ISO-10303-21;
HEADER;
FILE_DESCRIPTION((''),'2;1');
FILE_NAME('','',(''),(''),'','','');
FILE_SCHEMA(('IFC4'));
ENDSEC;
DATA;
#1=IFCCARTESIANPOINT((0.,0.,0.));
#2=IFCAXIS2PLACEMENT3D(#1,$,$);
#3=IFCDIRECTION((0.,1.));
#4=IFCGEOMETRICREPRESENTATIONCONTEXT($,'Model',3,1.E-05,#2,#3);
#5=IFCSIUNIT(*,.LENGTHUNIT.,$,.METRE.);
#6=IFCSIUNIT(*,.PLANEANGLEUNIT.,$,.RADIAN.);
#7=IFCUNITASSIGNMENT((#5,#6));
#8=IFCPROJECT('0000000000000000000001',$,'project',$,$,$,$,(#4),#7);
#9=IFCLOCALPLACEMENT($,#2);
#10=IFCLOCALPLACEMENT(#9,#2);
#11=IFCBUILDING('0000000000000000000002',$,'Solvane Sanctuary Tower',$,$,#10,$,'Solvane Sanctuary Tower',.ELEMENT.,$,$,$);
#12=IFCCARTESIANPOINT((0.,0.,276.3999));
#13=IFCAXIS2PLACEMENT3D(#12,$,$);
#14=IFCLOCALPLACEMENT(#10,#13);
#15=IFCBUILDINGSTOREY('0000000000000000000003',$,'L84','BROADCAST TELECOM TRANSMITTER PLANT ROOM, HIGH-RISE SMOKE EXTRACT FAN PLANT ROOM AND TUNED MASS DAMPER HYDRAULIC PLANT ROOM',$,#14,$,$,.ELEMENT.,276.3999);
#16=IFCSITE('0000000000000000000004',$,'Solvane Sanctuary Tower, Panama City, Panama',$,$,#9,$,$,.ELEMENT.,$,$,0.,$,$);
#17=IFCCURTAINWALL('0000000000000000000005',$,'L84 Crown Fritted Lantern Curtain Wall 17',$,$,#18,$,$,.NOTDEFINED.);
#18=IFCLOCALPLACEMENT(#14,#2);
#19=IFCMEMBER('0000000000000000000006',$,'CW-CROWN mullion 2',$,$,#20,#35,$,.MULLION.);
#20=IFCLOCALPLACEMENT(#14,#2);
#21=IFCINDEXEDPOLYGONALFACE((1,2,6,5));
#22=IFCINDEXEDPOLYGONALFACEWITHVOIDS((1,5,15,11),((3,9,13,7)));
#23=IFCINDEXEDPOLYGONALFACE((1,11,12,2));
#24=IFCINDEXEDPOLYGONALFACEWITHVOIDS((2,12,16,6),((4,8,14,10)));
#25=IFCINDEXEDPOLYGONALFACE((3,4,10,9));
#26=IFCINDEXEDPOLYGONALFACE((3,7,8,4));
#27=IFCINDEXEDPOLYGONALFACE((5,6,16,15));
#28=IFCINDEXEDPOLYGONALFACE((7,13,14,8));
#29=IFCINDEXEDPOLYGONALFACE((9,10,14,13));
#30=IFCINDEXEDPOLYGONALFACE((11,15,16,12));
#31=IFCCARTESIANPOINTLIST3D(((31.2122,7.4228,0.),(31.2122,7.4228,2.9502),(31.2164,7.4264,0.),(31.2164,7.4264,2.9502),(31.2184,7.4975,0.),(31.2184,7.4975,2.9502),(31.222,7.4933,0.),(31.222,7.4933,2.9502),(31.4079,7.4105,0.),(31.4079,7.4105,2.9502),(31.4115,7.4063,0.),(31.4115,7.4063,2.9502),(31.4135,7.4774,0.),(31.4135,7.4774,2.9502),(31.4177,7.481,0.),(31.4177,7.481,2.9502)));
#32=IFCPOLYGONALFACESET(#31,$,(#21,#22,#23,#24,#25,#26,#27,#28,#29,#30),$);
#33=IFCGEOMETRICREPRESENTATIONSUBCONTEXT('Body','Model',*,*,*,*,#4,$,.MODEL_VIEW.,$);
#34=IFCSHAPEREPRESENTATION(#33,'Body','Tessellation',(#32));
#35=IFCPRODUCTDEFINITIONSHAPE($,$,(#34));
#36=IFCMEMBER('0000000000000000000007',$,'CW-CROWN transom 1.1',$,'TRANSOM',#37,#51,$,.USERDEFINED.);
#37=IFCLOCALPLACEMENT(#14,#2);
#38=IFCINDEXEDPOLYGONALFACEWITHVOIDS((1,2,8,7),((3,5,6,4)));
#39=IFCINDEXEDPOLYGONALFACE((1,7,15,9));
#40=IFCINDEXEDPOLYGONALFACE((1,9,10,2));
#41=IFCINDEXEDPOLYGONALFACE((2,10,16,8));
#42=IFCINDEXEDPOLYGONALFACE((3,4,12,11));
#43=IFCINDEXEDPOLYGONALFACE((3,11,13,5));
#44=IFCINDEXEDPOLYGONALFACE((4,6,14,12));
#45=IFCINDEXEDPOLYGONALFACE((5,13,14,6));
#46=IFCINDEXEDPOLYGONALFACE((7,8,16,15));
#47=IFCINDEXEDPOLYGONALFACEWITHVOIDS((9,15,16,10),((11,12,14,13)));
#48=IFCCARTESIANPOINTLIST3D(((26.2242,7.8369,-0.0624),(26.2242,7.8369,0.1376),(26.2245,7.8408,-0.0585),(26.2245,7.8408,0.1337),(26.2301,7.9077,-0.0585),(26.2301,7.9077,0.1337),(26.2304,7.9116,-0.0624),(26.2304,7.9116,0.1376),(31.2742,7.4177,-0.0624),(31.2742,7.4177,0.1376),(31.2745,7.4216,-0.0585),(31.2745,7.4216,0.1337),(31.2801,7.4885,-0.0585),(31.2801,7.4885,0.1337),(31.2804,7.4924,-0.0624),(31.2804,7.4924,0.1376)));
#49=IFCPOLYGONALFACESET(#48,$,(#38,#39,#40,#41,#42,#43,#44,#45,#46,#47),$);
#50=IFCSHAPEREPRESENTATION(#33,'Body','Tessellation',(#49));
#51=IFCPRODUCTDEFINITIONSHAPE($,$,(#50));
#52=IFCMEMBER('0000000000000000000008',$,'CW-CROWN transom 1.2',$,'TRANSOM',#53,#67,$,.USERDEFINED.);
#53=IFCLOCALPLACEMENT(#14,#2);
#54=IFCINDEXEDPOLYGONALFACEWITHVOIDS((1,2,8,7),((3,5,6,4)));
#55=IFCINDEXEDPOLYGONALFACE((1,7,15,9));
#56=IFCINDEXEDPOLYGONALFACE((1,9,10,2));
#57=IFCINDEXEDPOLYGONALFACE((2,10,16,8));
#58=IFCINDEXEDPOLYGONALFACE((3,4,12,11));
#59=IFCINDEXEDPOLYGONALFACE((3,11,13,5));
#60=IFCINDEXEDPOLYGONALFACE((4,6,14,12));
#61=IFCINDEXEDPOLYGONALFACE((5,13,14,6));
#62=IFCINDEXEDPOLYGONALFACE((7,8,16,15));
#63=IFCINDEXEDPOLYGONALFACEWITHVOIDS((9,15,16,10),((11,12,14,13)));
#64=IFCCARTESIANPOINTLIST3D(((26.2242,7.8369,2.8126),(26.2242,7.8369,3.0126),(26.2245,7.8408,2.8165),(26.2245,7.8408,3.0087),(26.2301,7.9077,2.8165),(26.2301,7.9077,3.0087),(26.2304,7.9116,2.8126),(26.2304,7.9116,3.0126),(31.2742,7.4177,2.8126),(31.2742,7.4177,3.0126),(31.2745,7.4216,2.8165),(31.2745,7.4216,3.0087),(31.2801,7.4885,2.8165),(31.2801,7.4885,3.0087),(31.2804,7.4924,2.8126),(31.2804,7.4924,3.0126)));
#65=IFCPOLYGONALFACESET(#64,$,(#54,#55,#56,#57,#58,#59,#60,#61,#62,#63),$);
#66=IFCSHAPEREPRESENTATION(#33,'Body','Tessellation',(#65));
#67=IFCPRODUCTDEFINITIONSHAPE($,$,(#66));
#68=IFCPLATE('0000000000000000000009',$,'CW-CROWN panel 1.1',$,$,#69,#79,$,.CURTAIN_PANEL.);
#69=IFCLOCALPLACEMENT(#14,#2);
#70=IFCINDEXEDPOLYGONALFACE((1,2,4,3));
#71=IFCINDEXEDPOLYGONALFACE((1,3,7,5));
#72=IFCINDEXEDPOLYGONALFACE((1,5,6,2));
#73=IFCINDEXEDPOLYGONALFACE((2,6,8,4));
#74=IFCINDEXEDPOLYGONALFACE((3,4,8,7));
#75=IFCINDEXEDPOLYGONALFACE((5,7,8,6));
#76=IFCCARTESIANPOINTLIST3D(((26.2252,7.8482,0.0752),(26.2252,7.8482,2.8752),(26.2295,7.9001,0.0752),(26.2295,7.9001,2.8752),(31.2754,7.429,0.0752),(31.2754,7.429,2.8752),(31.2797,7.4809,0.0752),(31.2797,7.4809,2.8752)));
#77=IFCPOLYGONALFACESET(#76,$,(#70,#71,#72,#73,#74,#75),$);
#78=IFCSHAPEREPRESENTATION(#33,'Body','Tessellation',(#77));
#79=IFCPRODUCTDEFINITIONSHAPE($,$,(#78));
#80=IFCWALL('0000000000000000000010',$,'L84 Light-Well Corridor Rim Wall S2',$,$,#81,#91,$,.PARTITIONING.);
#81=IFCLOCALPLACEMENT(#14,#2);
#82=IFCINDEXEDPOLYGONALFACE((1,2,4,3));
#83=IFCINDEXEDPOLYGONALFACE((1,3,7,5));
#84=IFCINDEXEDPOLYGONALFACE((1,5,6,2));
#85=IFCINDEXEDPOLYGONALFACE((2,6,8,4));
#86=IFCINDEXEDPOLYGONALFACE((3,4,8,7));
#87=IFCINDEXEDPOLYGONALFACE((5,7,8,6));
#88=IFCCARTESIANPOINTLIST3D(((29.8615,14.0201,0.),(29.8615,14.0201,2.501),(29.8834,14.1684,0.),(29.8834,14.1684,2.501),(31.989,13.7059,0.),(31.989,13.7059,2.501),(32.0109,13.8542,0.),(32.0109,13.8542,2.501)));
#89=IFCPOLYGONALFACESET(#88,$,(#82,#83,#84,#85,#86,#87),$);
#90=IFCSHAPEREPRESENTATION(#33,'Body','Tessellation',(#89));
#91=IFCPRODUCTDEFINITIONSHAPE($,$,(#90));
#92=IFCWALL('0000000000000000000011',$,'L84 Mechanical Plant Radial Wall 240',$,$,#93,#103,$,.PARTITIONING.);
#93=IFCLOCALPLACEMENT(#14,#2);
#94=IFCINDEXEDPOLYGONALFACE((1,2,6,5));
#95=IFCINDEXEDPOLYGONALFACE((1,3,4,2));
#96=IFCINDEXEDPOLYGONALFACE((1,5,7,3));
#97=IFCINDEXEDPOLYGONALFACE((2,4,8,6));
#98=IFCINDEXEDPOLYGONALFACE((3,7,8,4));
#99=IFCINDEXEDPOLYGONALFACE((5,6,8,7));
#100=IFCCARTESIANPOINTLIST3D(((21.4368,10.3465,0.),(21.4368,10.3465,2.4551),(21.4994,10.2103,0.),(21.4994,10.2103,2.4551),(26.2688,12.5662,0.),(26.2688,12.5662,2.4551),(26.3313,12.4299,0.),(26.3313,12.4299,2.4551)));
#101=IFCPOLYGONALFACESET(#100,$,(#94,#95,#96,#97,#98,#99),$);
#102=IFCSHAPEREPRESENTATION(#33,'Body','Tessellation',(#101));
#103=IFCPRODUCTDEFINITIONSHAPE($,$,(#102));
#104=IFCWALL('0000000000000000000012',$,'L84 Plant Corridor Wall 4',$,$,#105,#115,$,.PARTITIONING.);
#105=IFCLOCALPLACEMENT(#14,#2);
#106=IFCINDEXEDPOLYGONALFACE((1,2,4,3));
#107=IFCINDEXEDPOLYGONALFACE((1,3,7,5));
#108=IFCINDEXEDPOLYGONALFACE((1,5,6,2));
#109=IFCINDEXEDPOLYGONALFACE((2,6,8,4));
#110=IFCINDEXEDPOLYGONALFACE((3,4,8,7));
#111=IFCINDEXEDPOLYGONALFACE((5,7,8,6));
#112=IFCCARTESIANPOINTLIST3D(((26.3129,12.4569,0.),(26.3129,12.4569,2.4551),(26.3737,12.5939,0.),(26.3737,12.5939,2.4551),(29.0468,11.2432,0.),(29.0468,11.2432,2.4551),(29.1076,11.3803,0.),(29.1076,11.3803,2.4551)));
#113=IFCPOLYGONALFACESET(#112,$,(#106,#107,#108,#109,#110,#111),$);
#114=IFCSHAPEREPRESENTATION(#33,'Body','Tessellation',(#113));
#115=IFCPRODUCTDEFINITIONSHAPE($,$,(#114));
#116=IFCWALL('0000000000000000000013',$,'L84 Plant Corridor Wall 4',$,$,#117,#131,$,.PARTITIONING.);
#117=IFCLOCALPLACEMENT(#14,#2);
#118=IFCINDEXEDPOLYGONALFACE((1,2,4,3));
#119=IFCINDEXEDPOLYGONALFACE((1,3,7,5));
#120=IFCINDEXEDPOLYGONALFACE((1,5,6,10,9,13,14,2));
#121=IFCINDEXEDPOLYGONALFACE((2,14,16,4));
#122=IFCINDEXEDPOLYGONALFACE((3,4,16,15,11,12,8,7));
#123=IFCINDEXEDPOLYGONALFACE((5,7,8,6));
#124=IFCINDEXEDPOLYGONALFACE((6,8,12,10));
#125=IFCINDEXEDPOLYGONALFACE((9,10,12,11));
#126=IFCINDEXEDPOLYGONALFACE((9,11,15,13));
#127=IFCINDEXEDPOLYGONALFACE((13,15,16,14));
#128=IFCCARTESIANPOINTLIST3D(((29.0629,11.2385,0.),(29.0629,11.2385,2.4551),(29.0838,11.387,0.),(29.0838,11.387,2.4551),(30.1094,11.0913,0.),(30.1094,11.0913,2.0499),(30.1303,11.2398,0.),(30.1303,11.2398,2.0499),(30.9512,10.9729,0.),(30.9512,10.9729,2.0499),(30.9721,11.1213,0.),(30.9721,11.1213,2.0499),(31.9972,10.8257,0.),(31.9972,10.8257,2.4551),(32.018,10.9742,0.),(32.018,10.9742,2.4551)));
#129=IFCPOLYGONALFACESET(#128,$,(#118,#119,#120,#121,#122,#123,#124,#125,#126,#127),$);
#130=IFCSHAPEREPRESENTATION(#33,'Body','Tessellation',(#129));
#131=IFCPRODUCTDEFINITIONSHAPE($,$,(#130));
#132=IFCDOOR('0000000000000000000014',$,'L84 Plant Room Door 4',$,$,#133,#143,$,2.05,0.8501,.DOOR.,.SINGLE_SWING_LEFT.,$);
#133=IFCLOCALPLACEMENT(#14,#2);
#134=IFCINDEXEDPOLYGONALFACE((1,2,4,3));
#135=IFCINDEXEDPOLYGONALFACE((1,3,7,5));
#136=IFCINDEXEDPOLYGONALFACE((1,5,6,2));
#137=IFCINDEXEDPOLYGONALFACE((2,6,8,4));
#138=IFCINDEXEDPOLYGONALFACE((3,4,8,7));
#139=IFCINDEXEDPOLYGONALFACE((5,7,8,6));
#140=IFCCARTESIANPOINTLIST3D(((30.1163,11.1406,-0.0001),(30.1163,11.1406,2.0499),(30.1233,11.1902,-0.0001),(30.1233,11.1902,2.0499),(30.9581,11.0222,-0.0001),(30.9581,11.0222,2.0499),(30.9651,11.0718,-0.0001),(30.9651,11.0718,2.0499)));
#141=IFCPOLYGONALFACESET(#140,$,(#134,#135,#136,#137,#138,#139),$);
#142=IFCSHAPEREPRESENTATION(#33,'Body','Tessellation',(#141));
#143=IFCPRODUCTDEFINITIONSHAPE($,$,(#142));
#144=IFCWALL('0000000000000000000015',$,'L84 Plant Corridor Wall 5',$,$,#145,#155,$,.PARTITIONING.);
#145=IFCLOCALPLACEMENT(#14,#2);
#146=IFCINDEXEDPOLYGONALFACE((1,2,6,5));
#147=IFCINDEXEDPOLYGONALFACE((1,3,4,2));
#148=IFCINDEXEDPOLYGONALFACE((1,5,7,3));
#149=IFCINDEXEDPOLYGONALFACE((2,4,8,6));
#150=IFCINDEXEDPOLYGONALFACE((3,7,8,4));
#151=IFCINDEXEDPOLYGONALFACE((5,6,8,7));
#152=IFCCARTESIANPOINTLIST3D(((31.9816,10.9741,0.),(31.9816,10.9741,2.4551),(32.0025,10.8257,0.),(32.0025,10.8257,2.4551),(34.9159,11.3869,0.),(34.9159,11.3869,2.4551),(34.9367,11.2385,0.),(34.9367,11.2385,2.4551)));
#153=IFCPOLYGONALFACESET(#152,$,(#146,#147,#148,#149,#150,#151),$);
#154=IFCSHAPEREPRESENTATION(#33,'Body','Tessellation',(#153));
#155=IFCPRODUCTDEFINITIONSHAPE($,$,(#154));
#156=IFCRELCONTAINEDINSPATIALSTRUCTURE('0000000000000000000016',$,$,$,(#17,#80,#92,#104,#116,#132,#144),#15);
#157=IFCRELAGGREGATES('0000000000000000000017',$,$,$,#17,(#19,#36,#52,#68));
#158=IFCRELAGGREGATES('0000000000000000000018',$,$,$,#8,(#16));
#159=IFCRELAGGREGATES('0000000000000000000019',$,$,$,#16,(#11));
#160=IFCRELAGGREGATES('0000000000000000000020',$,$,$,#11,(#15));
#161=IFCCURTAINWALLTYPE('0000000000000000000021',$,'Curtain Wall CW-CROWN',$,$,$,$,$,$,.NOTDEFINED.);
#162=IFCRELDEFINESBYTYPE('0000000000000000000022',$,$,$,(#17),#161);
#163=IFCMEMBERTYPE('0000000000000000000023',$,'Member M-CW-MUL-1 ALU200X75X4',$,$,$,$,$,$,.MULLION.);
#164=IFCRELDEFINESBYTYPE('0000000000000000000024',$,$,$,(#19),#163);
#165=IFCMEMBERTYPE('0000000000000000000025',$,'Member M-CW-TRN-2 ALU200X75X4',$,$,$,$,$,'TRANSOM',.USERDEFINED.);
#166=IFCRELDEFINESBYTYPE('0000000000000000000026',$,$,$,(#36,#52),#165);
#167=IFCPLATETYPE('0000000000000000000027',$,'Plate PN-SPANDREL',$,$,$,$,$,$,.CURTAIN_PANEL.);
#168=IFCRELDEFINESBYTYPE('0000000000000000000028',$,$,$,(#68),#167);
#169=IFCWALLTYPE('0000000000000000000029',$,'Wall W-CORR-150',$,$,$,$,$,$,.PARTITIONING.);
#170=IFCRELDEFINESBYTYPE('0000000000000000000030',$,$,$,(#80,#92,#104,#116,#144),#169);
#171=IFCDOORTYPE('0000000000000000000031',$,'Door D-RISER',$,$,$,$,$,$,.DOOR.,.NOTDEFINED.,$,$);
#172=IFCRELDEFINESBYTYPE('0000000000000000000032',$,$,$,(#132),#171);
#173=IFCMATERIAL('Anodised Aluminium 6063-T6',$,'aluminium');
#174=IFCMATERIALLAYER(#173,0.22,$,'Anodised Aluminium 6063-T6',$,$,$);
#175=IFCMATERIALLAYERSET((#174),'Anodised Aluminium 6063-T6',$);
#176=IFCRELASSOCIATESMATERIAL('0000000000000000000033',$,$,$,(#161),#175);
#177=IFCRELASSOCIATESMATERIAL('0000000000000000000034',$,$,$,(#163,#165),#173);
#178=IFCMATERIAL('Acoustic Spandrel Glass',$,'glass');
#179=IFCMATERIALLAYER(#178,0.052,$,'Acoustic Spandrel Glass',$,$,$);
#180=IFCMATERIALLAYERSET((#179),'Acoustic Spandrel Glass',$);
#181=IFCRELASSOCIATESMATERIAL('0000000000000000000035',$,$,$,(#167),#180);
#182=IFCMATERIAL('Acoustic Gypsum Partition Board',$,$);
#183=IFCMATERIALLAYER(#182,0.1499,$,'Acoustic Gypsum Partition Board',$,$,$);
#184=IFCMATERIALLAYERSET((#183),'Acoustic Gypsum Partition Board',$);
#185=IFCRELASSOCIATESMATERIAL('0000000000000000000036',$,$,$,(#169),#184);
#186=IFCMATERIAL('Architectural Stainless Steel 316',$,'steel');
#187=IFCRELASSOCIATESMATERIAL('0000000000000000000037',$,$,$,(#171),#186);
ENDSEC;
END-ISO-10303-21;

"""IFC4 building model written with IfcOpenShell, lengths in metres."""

from ifc_helpers import new_model, si_unit, direction, frame, frame_2d, origin, origin_2d, place, context, subcontext, project, spatial, rectangle, hollow_rectangle, extrude, material, layer, layer_set, material_profile, profile_set, type_object, element, fill, aggregate, save


model = new_model("IFC4")

# Units and contexts
model_context = context("Model", 3, precision=1e-05, world=origin(), true_north=direction((0.0, 1.0)))
body_context = subcontext(model_context, "Body", "Model", "MODEL_VIEW")
ifc_project = project(units=[si_unit("LENGTHUNIT", "METRE"), si_unit("PLANEANGLEUNIT", "RADIAN")], contexts=[model_context])

# Site, building, storey
site_placement = place(None, origin())
site = spatial("IfcSite", under=ifc_project, at=site_placement, Name="Solvane Sanctuary Tower, Panama City, Panama", CompositionType="ELEMENT", RefElevation=0.0)
building_placement = place(site_placement, origin())
building = spatial("IfcBuilding", under=site, at=building_placement, Name="Solvane Sanctuary Tower", LongName="Solvane Sanctuary Tower", CompositionType="ELEMENT")
storey_placement = place(building_placement, frame((0.0, 0.0, 276.3999)))
storey = spatial("IfcBuildingStorey", under=building, at=storey_placement, Name="L84", Description="BROADCAST TELECOM TRANSMITTER PLANT ROOM, HIGH-RISE SMOKE EXTRACT FAN PLANT ROOM AND TUNED MASS DAMPER HYDRAULIC PLANT ROOM", CompositionType="ELEMENT", Elevation=276.3999)

# Shared definitions
ifc_material_1 = material(Name="Anodised Aluminium 6063-T6", Category="aluminium")
ifc_layer_1 = layer(ifc_material_1, 0.22, Name="Anodised Aluminium 6063-T6")
ifc_layer_set_1 = layer_set([ifc_layer_1], Name="Anodised Aluminium 6063-T6")
curtain_wall_type = type_object("IfcCurtainWallType", Name="Curtain Wall CW-CROWN", PredefinedType="NOTDEFINED", material=ifc_layer_set_1)
ifc_material_profile_1 = material_profile(ifc_material_1, hollow_rectangle(XDim=0.075, YDim=0.2, WallThickness=0.0039, at=origin_2d()), Name="ALU200X75X4")
ifc_profile_set_1 = profile_set([ifc_material_profile_1], Name="Anodised Aluminium 6063-T6")
member_type_1 = type_object("IfcMemberType", Name="Member M-CW-MUL-1 ALU200X75X4", PredefinedType="MULLION", material=ifc_profile_set_1)

# Curtain wall, members, plate
curtain_wall_1_placement = place(storey_placement, origin())
curtain_wall_1 = element("IfcCurtainWall", 1, at=curtain_wall_1_placement, inside=storey, type_object=curtain_wall_type, Name="L84 Crown Fritted Lantern Curtain Wall 17", PredefinedType="NOTDEFINED")
member_1_placement = place(storey_placement, frame((31.3149, 7.4519, 0.0), z_axis=(0.0, 0.0, 1.0), x_axis=(0.08272, 0.996573, 0.0)))
member_1 = element("IfcMember", 2, at=member_1_placement, type_object=member_type_1, Name="CW-CROWN mullion 2", PredefinedType="MULLION", context=body_context, shape_type="SweptSolid", body=[
    extrude(hollow_rectangle(XDim=0.075, YDim=0.2, WallThickness=0.0039, at=origin_2d()), origin(), (0.0, 0.0, 1.0), 2.9502),
])
ifc_material_profile_2 = material_profile(ifc_material_1, hollow_rectangle(XDim=0.075, YDim=0.2, WallThickness=0.0039, at=origin_2d()), Name="ALU200X75X4")
ifc_profile_set_2 = profile_set([ifc_material_profile_2], Name="Anodised Aluminium 6063-T6")
member_type_2 = type_object("IfcMemberType", Name="Member M-CW-TRN-2 ALU200X75X4", ElementType="TRANSOM", PredefinedType="USERDEFINED", material=ifc_profile_set_2)
member_2_placement = place(storey_placement, frame((26.2273, 7.8743, 0.0376), z_axis=(0.996573, -0.082723, 0.0), x_axis=(0.082723, 0.996573, 0.0)))
member_2 = element("IfcMember", 3, at=member_2_placement, type_object=member_type_2, Name="CW-CROWN transom 1.1", ObjectType="TRANSOM", PredefinedType="USERDEFINED", context=body_context, shape_type="SweptSolid", body=[
    extrude(hollow_rectangle(XDim=0.075, YDim=0.2, WallThickness=0.0039, at=origin_2d()), origin(), (0.0, 0.0, 1.0), 5.0674),
])
member_3_placement = place(storey_placement, frame((26.2273, 7.8743, 2.9126), z_axis=(0.996573, -0.082723, 0.0), x_axis=(0.082723, 0.996573, 0.0)))
member_3 = element("IfcMember", 4, at=member_3_placement, type_object=member_type_2, Name="CW-CROWN transom 1.2", ObjectType="TRANSOM", PredefinedType="USERDEFINED", context=body_context, shape_type="SweptSolid", body=[
    extrude(hollow_rectangle(XDim=0.075, YDim=0.2, WallThickness=0.0039, at=origin_2d()), origin(), (0.0, 0.0, 1.0), 5.0674),
])
ifc_material_2 = material(Name="Acoustic Spandrel Glass", Category="glass")
ifc_layer_2 = layer(ifc_material_2, 0.052, Name="Acoustic Spandrel Glass")
ifc_layer_set_2 = layer_set([ifc_layer_2], Name="Acoustic Spandrel Glass")
plate_type = type_object("IfcPlateType", Name="Plate PN-SPANDREL", PredefinedType="CURTAIN_PANEL", material=ifc_layer_set_2)
plate_placement = place(storey_placement, frame((28.7524, 7.6646, 0.0752), z_axis=(0.0, 0.0, 1.0), x_axis=(0.996573, -0.08272, 0.0)))
plate = element("IfcPlate", 5, at=plate_placement, type_object=plate_type, Name="CW-CROWN panel 1.1", PredefinedType="CURTAIN_PANEL", context=body_context, shape_type="SweptSolid", body=[
    extrude(rectangle(XDim=5.0676, YDim=0.052, at=origin_2d()), origin(), (0.0, 0.0, 1.0), 2.8),
])
aggregate(curtain_wall_1, [member_1, member_2, member_3, plate])

# Walls
ifc_material_3 = material(Name="Acoustic Gypsum Partition Board")
ifc_layer_3 = layer(ifc_material_3, 0.1499, Name="Acoustic Gypsum Partition Board")
ifc_layer_set_3 = layer_set([ifc_layer_3], Name="Acoustic Gypsum Partition Board")
wall_type = type_object("IfcWallType", Name="Wall W-CORR-150", PredefinedType="PARTITIONING", material=ifc_layer_set_3)
wall_1_placement = place(storey_placement, frame((29.8726, 14.0942, 0.0), z_axis=(0.0, 0.0, 1.0), x_axis=(0.989269, -0.146108, 0.0)))
element("IfcWall", 6, at=wall_1_placement, inside=storey, type_object=wall_type, Name="L84 Light-Well Corridor Rim Wall S2", PredefinedType="PARTITIONING", context=body_context, shape_type="SweptSolid", body=[
    extrude(rectangle(XDim=2.1506, YDim=0.1499, at=frame_2d((1.0752, 0.0))), origin(), (0.0, 0.0, 1.0), 2.501),
])
wall_2_placement = place(storey_placement, frame((26.3, 12.498, 0.0), z_axis=(0.0, 0.0, 1.0), x_axis=(-0.908705, -0.417439, 0.0)))
element("IfcWall", 7, at=wall_2_placement, inside=storey, type_object=wall_type, Name="L84 Mechanical Plant Radial Wall 240", PredefinedType="PARTITIONING", context=body_context, shape_type="SweptSolid", body=[
    extrude(rectangle(XDim=5.3174, YDim=0.1499, at=frame_2d((2.6587, 0.0))), origin(), (0.0, 0.0, 1.0), 2.4551),
])
wall_3_placement = place(storey_placement, frame((26.3433, 12.5254, 0.0), z_axis=(0.0, 0.0, 1.0), x_axis=(0.91399, -0.405737, 0.0)))
element("IfcWall", 8, at=wall_3_placement, inside=storey, type_object=wall_type, Name="L84 Plant Corridor Wall 4", PredefinedType="PARTITIONING", context=body_context, shape_type="SweptSolid", body=[
    extrude(rectangle(XDim=2.9912, YDim=0.1499, at=frame_2d((1.4956, 0.0))), origin(), (0.0, 0.0, 1.0), 2.4551),
])

# Wall, opening, door
wall_4_placement = place(storey_placement, frame((29.0735, 11.3127, 0.0), z_axis=(0.0, 0.0, 1.0), x_axis=(0.990247, -0.139322, 0.0)))
wall_4 = element("IfcWall", 9, at=wall_4_placement, inside=storey, type_object=wall_type, Name="L84 Plant Corridor Wall 4", PredefinedType="PARTITIONING", context=body_context, shape_type="SweptSolid", body=[
    extrude(rectangle(XDim=2.9631, YDim=0.1499, at=frame_2d((1.4814, 0.0))), origin(), (0.0, 0.0, 1.0), 2.4551),
])
opening_placement = place(wall_4_placement, frame((1.0566, 0.0, 0.0)))
opening = element("IfcOpeningElement", 10, at=opening_placement, cuts=wall_4, PredefinedType="OPENING", context=body_context, shape_type="SweptSolid", body=[
    extrude(rectangle(XDim=0.8501, YDim=2.05, at=frame_2d((0.425, 1.0249))), frame((0.0, 0.085, 0.0), z_axis=(0.0, -1.0, 0.0), x_axis=(1.0, 0.0, 0.0)), (0.0, 0.0, 1.0), 0.1699),
])
ifc_material_4 = material(Name="Architectural Stainless Steel 316", Category="steel")
door_type = type_object("IfcDoorType", Name="Door D-RISER", OperationType="NOTDEFINED", PredefinedType="DOOR", material=ifc_material_4)
door_placement = place(opening_placement, origin())
door = element("IfcDoor", 11, at=door_placement, inside=storey, type_object=door_type, Name="L84 Plant Room Door 4", OperationType="SINGLE_SWING_LEFT", OverallHeight=2.05, OverallWidth=0.8501, PredefinedType="DOOR", context=body_context, shape_type="SweptSolid", body=[
    extrude(rectangle(XDim=0.8501, YDim=2.05, at=frame_2d((0.425, 1.0249))), frame((0.0, 0.0249, 0.0), z_axis=(0.0, -1.0, 0.0), x_axis=(1.0, 0.0, 0.0)), (0.0, 0.0, 1.0), 0.05),
])
fill(opening, door)

# Wall
wall_5_placement = place(storey_placement, frame((31.9922, 10.8999, 0.0), z_axis=(0.0, 0.0, 1.0), x_axis=(0.990247, 0.139322, 0.0)))
element("IfcWall", 12, at=wall_5_placement, inside=storey, type_object=wall_type, Name="L84 Plant Corridor Wall 5", PredefinedType="PARTITIONING", context=body_context, shape_type="SweptSolid", body=[
    extrude(rectangle(XDim=2.9631, YDim=0.1499, at=frame_2d((1.4814, 0.0))), origin(), (0.0, 0.0, 1.0), 2.4551),
])

save(model, "model.ifc")
